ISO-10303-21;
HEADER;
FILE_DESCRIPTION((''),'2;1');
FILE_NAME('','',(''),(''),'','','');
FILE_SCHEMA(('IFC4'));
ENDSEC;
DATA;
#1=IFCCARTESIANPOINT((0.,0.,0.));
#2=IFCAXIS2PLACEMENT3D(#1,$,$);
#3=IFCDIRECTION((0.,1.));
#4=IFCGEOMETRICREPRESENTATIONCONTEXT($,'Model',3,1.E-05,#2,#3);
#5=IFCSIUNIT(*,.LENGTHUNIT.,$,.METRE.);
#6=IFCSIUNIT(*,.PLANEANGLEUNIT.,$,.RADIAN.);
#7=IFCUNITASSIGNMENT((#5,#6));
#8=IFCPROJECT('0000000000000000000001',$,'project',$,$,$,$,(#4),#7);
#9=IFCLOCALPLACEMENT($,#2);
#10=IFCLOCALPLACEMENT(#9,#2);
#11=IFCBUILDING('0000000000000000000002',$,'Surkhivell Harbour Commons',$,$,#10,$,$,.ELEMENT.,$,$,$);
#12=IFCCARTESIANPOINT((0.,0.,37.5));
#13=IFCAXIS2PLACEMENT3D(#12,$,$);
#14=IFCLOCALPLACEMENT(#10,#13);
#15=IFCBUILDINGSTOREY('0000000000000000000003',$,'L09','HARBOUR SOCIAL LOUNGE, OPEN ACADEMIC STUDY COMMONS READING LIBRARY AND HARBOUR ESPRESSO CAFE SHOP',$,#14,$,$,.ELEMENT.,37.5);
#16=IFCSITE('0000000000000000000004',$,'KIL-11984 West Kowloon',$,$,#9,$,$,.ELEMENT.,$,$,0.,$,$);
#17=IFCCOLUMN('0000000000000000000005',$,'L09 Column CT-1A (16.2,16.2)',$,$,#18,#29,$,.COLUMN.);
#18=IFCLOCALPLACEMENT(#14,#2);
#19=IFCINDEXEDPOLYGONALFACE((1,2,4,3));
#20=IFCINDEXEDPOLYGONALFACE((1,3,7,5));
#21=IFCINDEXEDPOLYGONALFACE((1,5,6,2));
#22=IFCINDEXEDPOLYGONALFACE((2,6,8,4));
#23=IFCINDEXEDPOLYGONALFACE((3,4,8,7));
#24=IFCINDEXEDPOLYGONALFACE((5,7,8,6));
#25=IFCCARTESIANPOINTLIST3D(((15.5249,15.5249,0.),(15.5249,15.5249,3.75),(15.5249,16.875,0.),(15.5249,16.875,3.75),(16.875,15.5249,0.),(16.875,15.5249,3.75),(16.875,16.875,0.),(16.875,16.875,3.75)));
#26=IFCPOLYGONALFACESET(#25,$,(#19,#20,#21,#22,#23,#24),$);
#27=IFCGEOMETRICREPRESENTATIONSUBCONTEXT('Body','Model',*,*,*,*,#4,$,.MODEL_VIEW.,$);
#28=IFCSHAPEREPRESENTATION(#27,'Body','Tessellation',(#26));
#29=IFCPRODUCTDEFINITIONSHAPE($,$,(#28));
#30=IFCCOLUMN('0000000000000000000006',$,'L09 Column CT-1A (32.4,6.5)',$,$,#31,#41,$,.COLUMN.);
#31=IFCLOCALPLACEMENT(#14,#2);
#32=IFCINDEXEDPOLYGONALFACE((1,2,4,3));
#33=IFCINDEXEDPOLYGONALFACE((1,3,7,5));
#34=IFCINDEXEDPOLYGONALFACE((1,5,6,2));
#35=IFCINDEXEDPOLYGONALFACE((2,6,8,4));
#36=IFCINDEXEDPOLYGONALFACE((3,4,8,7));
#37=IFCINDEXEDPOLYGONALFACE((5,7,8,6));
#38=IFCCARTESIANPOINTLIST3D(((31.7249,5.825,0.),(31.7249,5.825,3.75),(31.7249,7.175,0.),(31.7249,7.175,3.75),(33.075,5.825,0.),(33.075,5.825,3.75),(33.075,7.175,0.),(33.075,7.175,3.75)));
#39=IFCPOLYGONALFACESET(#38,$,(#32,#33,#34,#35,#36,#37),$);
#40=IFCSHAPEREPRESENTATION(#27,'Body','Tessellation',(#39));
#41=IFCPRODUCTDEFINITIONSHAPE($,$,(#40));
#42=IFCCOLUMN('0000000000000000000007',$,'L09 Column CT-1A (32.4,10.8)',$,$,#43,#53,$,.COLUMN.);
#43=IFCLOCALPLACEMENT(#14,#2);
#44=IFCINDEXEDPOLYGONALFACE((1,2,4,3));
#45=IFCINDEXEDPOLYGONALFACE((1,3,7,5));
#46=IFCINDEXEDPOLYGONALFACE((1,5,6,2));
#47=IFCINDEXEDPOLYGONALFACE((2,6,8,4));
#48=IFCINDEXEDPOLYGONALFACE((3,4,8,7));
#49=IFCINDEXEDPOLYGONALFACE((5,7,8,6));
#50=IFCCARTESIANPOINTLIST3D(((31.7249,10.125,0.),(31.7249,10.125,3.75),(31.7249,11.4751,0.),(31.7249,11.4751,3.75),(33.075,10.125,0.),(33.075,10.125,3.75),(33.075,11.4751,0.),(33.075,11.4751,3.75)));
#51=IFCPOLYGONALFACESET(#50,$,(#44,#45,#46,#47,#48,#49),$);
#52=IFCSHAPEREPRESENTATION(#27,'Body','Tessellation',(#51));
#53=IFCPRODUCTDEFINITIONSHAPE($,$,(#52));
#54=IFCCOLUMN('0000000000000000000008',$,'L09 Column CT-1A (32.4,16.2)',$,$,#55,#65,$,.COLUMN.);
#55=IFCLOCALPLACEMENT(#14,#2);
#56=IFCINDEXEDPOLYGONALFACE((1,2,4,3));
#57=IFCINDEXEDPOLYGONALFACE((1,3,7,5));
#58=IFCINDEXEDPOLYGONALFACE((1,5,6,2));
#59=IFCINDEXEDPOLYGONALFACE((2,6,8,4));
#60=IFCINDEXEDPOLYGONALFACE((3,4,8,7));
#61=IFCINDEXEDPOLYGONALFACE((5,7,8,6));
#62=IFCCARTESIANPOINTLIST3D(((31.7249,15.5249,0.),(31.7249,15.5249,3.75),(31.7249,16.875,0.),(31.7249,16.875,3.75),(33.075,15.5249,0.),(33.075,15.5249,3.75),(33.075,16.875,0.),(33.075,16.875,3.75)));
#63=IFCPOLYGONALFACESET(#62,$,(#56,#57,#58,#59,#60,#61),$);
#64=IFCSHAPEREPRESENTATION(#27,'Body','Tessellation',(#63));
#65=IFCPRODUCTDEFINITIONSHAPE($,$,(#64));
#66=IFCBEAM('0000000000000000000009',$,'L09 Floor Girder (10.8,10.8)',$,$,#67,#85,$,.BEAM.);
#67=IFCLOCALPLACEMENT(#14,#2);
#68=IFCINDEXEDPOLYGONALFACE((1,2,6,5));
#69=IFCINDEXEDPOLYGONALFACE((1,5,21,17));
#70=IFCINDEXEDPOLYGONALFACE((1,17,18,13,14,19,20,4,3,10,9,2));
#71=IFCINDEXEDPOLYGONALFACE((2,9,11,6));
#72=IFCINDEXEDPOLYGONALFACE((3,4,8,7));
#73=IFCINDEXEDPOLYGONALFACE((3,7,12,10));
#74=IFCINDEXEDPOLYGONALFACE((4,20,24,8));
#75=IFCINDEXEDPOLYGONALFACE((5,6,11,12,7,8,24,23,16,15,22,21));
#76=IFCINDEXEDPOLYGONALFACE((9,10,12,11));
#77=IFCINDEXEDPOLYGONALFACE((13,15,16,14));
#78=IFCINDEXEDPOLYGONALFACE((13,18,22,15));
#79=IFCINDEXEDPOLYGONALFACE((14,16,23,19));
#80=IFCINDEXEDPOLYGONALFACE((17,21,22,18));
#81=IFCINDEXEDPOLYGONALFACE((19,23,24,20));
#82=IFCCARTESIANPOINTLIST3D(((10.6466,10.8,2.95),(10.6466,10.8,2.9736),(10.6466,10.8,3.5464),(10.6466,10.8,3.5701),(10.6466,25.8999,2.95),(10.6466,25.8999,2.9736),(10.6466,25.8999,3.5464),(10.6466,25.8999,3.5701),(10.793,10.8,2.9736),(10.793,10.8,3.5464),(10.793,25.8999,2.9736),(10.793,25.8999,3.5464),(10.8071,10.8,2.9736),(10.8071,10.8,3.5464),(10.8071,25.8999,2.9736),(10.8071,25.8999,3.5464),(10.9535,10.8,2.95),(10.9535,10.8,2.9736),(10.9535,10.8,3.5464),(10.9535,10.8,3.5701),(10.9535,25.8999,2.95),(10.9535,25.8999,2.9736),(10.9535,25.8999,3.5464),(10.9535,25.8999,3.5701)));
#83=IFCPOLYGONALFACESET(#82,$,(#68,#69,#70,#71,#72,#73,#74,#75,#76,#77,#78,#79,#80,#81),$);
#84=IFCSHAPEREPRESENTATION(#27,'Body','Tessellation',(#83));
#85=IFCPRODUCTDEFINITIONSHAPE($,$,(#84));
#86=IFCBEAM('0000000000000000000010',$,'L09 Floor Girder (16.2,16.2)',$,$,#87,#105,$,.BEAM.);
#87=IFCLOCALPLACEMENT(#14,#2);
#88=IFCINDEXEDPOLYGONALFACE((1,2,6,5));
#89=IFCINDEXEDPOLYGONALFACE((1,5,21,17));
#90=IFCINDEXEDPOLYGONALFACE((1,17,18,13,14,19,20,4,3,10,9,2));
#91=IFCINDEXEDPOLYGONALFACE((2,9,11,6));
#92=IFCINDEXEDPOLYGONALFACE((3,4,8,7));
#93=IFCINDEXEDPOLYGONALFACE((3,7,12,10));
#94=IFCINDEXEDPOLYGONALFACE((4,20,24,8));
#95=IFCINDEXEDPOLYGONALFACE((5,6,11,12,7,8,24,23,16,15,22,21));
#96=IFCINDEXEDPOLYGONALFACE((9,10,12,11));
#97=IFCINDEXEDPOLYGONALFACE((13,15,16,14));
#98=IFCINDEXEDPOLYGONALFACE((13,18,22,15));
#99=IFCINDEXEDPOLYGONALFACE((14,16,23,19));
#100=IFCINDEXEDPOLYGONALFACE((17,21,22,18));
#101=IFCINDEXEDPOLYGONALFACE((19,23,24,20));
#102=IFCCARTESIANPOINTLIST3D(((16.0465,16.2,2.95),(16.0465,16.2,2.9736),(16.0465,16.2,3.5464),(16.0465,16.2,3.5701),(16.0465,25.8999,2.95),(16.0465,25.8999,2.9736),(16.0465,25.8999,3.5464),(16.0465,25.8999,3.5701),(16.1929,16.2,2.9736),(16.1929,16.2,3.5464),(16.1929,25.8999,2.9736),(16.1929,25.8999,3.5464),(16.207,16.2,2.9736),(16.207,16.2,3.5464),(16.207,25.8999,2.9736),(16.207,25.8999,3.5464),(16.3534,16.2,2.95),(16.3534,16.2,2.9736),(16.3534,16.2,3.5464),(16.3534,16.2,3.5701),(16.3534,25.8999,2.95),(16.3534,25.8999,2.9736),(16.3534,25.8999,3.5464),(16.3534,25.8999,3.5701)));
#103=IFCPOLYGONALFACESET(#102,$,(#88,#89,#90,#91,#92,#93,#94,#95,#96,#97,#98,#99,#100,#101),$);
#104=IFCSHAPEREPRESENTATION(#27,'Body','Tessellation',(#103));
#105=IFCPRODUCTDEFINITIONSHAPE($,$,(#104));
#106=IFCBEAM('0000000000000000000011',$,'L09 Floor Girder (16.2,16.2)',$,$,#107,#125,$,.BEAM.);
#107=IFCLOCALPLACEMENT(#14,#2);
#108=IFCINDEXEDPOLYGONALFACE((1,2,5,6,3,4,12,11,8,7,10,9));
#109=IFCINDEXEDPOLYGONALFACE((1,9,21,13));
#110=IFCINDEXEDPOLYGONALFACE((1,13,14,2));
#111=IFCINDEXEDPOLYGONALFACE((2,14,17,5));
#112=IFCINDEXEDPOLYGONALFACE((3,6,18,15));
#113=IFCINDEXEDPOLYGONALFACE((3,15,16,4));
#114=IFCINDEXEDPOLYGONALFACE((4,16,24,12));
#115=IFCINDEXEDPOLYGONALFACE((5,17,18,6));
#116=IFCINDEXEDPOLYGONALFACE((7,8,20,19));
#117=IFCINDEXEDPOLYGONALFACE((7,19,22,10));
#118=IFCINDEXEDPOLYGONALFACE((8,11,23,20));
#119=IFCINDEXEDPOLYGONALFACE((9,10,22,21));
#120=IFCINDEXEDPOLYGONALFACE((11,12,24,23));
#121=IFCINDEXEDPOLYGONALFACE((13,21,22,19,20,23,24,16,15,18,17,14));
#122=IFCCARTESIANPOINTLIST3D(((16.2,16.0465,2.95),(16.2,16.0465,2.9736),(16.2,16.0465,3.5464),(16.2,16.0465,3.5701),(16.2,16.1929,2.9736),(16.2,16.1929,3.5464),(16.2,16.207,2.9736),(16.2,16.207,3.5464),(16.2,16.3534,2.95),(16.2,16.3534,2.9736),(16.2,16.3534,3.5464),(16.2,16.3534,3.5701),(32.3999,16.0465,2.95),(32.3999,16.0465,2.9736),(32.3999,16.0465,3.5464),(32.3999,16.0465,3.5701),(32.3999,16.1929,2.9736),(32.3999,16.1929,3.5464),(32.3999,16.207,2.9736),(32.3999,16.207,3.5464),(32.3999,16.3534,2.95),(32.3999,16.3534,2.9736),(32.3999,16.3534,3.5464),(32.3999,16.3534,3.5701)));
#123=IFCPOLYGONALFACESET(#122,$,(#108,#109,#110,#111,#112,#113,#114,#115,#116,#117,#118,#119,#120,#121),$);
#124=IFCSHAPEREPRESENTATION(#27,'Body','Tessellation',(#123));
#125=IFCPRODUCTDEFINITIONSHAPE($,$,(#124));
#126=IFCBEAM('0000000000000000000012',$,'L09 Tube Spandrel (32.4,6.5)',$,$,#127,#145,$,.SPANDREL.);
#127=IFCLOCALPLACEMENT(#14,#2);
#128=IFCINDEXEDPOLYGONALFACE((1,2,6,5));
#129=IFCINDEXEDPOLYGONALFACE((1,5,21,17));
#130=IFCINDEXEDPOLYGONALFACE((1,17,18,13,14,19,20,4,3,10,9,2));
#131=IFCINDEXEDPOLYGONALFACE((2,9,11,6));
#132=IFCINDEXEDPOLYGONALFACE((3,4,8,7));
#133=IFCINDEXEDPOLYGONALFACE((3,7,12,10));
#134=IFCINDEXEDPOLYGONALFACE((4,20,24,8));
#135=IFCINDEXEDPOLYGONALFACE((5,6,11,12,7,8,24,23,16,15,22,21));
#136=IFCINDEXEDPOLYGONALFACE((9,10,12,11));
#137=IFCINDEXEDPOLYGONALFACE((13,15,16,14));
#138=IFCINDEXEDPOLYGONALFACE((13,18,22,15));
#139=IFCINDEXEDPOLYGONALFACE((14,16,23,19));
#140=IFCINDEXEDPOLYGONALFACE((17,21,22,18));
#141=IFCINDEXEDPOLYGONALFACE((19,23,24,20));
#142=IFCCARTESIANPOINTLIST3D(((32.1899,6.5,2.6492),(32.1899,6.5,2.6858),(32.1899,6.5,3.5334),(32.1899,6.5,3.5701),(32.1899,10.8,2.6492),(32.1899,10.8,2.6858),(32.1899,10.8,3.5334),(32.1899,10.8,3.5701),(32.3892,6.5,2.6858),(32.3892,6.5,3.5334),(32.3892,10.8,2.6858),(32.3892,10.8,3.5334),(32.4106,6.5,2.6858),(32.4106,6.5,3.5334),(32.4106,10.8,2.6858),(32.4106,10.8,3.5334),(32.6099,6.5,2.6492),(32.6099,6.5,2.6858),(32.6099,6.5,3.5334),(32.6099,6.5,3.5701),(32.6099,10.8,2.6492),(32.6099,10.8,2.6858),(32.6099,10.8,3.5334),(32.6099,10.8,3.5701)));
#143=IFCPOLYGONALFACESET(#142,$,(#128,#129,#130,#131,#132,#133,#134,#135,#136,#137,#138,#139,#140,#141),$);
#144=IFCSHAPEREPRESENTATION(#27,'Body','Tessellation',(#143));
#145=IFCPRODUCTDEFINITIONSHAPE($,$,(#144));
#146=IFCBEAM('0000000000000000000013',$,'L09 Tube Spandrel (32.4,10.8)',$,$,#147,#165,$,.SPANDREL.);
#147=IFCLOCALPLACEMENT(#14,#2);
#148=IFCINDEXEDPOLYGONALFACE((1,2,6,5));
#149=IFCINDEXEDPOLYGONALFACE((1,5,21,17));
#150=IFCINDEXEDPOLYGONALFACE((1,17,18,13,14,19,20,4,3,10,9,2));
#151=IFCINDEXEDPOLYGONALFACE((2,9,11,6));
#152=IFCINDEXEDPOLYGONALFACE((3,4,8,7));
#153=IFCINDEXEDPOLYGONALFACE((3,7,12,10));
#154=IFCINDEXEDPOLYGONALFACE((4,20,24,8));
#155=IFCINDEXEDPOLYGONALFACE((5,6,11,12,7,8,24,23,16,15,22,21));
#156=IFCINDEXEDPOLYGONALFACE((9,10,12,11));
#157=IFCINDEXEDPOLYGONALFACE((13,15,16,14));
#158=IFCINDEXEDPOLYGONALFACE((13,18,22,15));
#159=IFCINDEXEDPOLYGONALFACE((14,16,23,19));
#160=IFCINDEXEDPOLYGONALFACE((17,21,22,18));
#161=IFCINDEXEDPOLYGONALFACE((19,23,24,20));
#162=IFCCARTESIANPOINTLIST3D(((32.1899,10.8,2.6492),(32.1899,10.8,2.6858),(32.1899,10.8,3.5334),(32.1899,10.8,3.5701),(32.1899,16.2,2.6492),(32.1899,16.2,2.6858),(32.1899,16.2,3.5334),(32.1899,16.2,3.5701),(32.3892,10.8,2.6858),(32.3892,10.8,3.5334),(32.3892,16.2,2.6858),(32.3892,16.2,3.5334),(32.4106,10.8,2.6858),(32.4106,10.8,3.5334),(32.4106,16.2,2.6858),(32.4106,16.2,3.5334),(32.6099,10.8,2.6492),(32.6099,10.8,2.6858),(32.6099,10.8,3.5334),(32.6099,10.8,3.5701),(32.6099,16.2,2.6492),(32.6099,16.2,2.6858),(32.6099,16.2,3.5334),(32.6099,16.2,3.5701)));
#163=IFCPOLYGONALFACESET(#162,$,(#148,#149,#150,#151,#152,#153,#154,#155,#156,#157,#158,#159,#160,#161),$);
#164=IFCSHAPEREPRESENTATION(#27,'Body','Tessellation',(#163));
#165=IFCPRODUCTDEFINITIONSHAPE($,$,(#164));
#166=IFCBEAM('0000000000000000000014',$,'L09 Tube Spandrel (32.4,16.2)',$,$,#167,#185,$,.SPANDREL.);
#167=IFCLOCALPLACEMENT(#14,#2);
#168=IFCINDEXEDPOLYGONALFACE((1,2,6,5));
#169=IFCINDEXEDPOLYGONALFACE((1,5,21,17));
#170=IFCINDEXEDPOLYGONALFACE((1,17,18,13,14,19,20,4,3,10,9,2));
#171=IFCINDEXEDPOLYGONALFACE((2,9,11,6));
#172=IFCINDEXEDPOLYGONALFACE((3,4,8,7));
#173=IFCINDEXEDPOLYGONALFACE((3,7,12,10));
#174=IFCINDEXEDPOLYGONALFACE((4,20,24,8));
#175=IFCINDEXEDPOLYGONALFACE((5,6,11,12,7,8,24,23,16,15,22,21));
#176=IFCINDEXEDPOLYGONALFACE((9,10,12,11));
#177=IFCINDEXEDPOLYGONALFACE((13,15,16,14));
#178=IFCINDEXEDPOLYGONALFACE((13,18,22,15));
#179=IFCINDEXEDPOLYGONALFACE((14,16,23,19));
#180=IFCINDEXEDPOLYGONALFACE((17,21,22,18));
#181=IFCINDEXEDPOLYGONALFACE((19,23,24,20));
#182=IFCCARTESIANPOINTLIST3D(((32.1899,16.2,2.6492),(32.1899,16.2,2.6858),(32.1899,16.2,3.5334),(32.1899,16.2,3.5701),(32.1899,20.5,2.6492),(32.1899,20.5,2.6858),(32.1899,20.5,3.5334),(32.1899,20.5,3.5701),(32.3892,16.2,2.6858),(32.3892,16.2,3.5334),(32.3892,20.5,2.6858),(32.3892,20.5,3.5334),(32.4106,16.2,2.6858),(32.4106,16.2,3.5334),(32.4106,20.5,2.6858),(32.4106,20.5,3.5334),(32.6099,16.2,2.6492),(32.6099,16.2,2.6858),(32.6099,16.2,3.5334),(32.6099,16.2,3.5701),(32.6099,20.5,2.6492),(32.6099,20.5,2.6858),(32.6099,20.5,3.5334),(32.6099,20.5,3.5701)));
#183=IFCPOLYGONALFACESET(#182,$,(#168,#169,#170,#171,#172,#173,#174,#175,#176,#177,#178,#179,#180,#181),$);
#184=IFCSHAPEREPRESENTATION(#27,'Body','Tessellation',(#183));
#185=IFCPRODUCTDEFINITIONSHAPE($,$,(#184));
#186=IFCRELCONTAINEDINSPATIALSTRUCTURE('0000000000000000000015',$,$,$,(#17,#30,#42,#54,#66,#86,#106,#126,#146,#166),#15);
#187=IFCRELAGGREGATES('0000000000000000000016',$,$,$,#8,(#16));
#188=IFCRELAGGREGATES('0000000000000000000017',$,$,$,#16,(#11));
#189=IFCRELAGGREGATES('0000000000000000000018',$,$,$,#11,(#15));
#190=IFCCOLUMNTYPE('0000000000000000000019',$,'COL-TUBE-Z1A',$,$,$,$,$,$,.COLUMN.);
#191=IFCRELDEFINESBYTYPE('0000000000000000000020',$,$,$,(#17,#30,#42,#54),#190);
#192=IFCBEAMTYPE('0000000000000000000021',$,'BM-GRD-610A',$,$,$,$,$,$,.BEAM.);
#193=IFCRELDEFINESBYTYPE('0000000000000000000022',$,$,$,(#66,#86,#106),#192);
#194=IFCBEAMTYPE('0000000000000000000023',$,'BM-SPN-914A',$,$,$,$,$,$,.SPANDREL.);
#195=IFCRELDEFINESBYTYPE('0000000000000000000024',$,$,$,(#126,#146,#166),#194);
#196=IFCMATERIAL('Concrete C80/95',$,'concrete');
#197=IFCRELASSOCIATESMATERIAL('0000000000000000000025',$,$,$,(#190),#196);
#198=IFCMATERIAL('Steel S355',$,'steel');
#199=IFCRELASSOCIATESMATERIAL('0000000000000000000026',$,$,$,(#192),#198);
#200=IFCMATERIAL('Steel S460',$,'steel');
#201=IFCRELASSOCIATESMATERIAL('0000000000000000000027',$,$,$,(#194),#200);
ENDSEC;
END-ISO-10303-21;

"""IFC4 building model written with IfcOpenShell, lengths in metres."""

from ifc_helpers import new_model, si_unit, direction, frame, origin, origin_2d, place, context, subcontext, project, spatial, rectangle, i_section, extrude, material, material_profile, profile_set, type_object, element, save


model = new_model("IFC4")

# Units and contexts
model_context = context("Model", 3, precision=1e-05, world=origin(), true_north=direction((0.0, 1.0)))
body_context = subcontext(model_context, "Body", "Model", "MODEL_VIEW")
ifc_project = project(units=[si_unit("LENGTHUNIT", "METRE"), si_unit("PLANEANGLEUNIT", "RADIAN")], contexts=[model_context])

# Site, building, storey
site_placement = place(None, origin())
site = spatial("IfcSite", under=ifc_project, at=site_placement, Name="KIL-11984 West Kowloon", CompositionType="ELEMENT", RefElevation=0.0)
building_placement = place(site_placement, origin())
building = spatial("IfcBuilding", under=site, at=building_placement, Name="Surkhivell Harbour Commons", CompositionType="ELEMENT")
storey_placement = place(building_placement, frame((0.0, 0.0, 37.5)))
storey = spatial("IfcBuildingStorey", under=building, at=storey_placement, Name="L09", Description="HARBOUR SOCIAL LOUNGE, OPEN ACADEMIC STUDY COMMONS READING LIBRARY AND HARBOUR ESPRESSO CAFE SHOP", CompositionType="ELEMENT", Elevation=37.5)

# Columns
ifc_material_1 = material(Name="Concrete C80/95", Category="concrete")
ifc_material_profile_1 = material_profile(ifc_material_1, rectangle(XDim=1.3501, YDim=1.3501, at=origin_2d()), Name="RC-COL-1350x1350")
ifc_profile_set_1 = profile_set([ifc_material_profile_1], Name="Concrete C80/95")
column_type = type_object("IfcColumnType", Name="COL-TUBE-Z1A", PredefinedType="COLUMN", material=ifc_profile_set_1)
for number, where, z_axis, x_axis, name in (
    (1, (16.2, 16.2, 0.0), (0.0, 0.0, 1.0), (1.0, 0.0, 0.0), "L09 Column CT-1A (16.2,16.2)"),
    (2, (32.3999, 6.5, 0.0), (0.0, 0.0, 1.0), (1.0, 0.0, 0.0), "L09 Column CT-1A (32.4,6.5)"),
    (3, (32.3999, 10.8, 0.0), (0.0, 0.0, 1.0), (1.0, 0.0, 0.0), "L09 Column CT-1A (32.4,10.8)"),
    (4, (32.3999, 16.2, 0.0), (0.0, 0.0, 1.0), (1.0, 0.0, 0.0), "L09 Column CT-1A (32.4,16.2)"),
):
    element("IfcColumn", number, at=place(storey_placement, frame(where, z_axis=z_axis, x_axis=x_axis)), inside=storey, type_object=column_type, Name=name, PredefinedType="COLUMN", context=body_context, shape_type="SweptSolid", body=[
        extrude(rectangle(XDim=1.3501, YDim=1.3501, at=origin_2d()), origin(), (0.0, 0.0, 1.0), 3.75),
    ])

# Beams
ifc_material_2 = material(Name="Steel S355", Category="steel")
ifc_material_profile_2 = material_profile(ifc_material_2, i_section(OverallWidth=0.3069, OverallDepth=0.6201, WebThickness=0.0142, FlangeThickness=0.0237, at=origin_2d()), Name="UB610x305x179")
ifc_profile_set_2 = profile_set([ifc_material_profile_2], Name="Steel S355")
beam_type_1 = type_object("IfcBeamType", Name="BM-GRD-610A", PredefinedType="BEAM", material=ifc_profile_set_2)
beam_1_placement = place(storey_placement, frame((10.8, 10.8, 3.26), z_axis=(0.0, 1.0, 0.0), x_axis=(-1.0, 0.0, 0.0)))
element("IfcBeam", 5, at=beam_1_placement, inside=storey, type_object=beam_type_1, Name="L09 Floor Girder (10.8,10.8)", PredefinedType="BEAM", context=body_context, shape_type="SweptSolid", body=[
    extrude(i_section(OverallWidth=0.3069, OverallDepth=0.6201, WebThickness=0.0142, FlangeThickness=0.0237, at=origin_2d()), origin(), (0.0, 0.0, 1.0), 15.0999),
])
beam_2_placement = place(storey_placement, frame((16.2, 16.2, 3.26), z_axis=(0.0, 1.0, 0.0), x_axis=(-1.0, 0.0, 0.0)))
element("IfcBeam", 6, at=beam_2_placement, inside=storey, type_object=beam_type_1, Name="L09 Floor Girder (16.2,16.2)", PredefinedType="BEAM", context=body_context, shape_type="SweptSolid", body=[
    extrude(i_section(OverallWidth=0.3069, OverallDepth=0.6201, WebThickness=0.0142, FlangeThickness=0.0237, at=origin_2d()), origin(), (0.0, 0.0, 1.0), 9.7),
])
beam_3_placement = place(storey_placement, frame((16.2, 16.2, 3.26), z_axis=(1.0, 0.0, 0.0), x_axis=(0.0, 1.0, 0.0)))
element("IfcBeam", 7, at=beam_3_placement, inside=storey, type_object=beam_type_1, Name="L09 Floor Girder (16.2,16.2)", PredefinedType="BEAM", context=body_context, shape_type="SweptSolid", body=[
    extrude(i_section(OverallWidth=0.3069, OverallDepth=0.6201, WebThickness=0.0142, FlangeThickness=0.0237, at=origin_2d()), origin(), (0.0, 0.0, 1.0), 16.2),
])
ifc_material_3 = material(Name="Steel S460", Category="steel")
ifc_material_profile_3 = material_profile(ifc_material_3, i_section(OverallWidth=0.4199, OverallDepth=0.9209, WebThickness=0.0215, FlangeThickness=0.0366, at=origin_2d()), Name="UB914x419x388")
ifc_profile_set_3 = profile_set([ifc_material_profile_3], Name="Steel S460")
beam_type_2 = type_object("IfcBeamType", Name="BM-SPN-914A", PredefinedType="SPANDREL", material=ifc_profile_set_3)
beam_4_placement = place(storey_placement, frame((32.3999, 6.5, 3.1096), z_axis=(0.0, 1.0, 0.0), x_axis=(-1.0, 0.0, 0.0)))
element("IfcBeam", 8, at=beam_4_placement, inside=storey, type_object=beam_type_2, Name="L09 Tube Spandrel (32.4,6.5)", PredefinedType="SPANDREL", context=body_context, shape_type="SweptSolid", body=[
    extrude(i_section(OverallWidth=0.4199, OverallDepth=0.9209, WebThickness=0.0215, FlangeThickness=0.0366, at=origin_2d()), origin(), (0.0, 0.0, 1.0), 4.3),
])
beam_5_placement = place(storey_placement, frame((32.3999, 10.8, 3.1096), z_axis=(0.0, 1.0, 0.0), x_axis=(-1.0, 0.0, 0.0)))
element("IfcBeam", 9, at=beam_5_placement, inside=storey, type_object=beam_type_2, Name="L09 Tube Spandrel (32.4,10.8)", PredefinedType="SPANDREL", context=body_context, shape_type="SweptSolid", body=[
    extrude(i_section(OverallWidth=0.4199, OverallDepth=0.9209, WebThickness=0.0215, FlangeThickness=0.0366, at=origin_2d()), origin(), (0.0, 0.0, 1.0), 5.3999),
])
beam_6_placement = place(storey_placement, frame((32.3999, 16.2, 3.1096), z_axis=(0.0, 1.0, 0.0), x_axis=(-1.0, 0.0, 0.0)))
element("IfcBeam", 10, at=beam_6_placement, inside=storey, type_object=beam_type_2, Name="L09 Tube Spandrel (32.4,16.2)", PredefinedType="SPANDREL", context=body_context, shape_type="SweptSolid", body=[
    extrude(i_section(OverallWidth=0.4199, OverallDepth=0.9209, WebThickness=0.0215, FlangeThickness=0.0366, at=origin_2d()), origin(), (0.0, 0.0, 1.0), 4.3),
])

save(model, "model.ifc")
